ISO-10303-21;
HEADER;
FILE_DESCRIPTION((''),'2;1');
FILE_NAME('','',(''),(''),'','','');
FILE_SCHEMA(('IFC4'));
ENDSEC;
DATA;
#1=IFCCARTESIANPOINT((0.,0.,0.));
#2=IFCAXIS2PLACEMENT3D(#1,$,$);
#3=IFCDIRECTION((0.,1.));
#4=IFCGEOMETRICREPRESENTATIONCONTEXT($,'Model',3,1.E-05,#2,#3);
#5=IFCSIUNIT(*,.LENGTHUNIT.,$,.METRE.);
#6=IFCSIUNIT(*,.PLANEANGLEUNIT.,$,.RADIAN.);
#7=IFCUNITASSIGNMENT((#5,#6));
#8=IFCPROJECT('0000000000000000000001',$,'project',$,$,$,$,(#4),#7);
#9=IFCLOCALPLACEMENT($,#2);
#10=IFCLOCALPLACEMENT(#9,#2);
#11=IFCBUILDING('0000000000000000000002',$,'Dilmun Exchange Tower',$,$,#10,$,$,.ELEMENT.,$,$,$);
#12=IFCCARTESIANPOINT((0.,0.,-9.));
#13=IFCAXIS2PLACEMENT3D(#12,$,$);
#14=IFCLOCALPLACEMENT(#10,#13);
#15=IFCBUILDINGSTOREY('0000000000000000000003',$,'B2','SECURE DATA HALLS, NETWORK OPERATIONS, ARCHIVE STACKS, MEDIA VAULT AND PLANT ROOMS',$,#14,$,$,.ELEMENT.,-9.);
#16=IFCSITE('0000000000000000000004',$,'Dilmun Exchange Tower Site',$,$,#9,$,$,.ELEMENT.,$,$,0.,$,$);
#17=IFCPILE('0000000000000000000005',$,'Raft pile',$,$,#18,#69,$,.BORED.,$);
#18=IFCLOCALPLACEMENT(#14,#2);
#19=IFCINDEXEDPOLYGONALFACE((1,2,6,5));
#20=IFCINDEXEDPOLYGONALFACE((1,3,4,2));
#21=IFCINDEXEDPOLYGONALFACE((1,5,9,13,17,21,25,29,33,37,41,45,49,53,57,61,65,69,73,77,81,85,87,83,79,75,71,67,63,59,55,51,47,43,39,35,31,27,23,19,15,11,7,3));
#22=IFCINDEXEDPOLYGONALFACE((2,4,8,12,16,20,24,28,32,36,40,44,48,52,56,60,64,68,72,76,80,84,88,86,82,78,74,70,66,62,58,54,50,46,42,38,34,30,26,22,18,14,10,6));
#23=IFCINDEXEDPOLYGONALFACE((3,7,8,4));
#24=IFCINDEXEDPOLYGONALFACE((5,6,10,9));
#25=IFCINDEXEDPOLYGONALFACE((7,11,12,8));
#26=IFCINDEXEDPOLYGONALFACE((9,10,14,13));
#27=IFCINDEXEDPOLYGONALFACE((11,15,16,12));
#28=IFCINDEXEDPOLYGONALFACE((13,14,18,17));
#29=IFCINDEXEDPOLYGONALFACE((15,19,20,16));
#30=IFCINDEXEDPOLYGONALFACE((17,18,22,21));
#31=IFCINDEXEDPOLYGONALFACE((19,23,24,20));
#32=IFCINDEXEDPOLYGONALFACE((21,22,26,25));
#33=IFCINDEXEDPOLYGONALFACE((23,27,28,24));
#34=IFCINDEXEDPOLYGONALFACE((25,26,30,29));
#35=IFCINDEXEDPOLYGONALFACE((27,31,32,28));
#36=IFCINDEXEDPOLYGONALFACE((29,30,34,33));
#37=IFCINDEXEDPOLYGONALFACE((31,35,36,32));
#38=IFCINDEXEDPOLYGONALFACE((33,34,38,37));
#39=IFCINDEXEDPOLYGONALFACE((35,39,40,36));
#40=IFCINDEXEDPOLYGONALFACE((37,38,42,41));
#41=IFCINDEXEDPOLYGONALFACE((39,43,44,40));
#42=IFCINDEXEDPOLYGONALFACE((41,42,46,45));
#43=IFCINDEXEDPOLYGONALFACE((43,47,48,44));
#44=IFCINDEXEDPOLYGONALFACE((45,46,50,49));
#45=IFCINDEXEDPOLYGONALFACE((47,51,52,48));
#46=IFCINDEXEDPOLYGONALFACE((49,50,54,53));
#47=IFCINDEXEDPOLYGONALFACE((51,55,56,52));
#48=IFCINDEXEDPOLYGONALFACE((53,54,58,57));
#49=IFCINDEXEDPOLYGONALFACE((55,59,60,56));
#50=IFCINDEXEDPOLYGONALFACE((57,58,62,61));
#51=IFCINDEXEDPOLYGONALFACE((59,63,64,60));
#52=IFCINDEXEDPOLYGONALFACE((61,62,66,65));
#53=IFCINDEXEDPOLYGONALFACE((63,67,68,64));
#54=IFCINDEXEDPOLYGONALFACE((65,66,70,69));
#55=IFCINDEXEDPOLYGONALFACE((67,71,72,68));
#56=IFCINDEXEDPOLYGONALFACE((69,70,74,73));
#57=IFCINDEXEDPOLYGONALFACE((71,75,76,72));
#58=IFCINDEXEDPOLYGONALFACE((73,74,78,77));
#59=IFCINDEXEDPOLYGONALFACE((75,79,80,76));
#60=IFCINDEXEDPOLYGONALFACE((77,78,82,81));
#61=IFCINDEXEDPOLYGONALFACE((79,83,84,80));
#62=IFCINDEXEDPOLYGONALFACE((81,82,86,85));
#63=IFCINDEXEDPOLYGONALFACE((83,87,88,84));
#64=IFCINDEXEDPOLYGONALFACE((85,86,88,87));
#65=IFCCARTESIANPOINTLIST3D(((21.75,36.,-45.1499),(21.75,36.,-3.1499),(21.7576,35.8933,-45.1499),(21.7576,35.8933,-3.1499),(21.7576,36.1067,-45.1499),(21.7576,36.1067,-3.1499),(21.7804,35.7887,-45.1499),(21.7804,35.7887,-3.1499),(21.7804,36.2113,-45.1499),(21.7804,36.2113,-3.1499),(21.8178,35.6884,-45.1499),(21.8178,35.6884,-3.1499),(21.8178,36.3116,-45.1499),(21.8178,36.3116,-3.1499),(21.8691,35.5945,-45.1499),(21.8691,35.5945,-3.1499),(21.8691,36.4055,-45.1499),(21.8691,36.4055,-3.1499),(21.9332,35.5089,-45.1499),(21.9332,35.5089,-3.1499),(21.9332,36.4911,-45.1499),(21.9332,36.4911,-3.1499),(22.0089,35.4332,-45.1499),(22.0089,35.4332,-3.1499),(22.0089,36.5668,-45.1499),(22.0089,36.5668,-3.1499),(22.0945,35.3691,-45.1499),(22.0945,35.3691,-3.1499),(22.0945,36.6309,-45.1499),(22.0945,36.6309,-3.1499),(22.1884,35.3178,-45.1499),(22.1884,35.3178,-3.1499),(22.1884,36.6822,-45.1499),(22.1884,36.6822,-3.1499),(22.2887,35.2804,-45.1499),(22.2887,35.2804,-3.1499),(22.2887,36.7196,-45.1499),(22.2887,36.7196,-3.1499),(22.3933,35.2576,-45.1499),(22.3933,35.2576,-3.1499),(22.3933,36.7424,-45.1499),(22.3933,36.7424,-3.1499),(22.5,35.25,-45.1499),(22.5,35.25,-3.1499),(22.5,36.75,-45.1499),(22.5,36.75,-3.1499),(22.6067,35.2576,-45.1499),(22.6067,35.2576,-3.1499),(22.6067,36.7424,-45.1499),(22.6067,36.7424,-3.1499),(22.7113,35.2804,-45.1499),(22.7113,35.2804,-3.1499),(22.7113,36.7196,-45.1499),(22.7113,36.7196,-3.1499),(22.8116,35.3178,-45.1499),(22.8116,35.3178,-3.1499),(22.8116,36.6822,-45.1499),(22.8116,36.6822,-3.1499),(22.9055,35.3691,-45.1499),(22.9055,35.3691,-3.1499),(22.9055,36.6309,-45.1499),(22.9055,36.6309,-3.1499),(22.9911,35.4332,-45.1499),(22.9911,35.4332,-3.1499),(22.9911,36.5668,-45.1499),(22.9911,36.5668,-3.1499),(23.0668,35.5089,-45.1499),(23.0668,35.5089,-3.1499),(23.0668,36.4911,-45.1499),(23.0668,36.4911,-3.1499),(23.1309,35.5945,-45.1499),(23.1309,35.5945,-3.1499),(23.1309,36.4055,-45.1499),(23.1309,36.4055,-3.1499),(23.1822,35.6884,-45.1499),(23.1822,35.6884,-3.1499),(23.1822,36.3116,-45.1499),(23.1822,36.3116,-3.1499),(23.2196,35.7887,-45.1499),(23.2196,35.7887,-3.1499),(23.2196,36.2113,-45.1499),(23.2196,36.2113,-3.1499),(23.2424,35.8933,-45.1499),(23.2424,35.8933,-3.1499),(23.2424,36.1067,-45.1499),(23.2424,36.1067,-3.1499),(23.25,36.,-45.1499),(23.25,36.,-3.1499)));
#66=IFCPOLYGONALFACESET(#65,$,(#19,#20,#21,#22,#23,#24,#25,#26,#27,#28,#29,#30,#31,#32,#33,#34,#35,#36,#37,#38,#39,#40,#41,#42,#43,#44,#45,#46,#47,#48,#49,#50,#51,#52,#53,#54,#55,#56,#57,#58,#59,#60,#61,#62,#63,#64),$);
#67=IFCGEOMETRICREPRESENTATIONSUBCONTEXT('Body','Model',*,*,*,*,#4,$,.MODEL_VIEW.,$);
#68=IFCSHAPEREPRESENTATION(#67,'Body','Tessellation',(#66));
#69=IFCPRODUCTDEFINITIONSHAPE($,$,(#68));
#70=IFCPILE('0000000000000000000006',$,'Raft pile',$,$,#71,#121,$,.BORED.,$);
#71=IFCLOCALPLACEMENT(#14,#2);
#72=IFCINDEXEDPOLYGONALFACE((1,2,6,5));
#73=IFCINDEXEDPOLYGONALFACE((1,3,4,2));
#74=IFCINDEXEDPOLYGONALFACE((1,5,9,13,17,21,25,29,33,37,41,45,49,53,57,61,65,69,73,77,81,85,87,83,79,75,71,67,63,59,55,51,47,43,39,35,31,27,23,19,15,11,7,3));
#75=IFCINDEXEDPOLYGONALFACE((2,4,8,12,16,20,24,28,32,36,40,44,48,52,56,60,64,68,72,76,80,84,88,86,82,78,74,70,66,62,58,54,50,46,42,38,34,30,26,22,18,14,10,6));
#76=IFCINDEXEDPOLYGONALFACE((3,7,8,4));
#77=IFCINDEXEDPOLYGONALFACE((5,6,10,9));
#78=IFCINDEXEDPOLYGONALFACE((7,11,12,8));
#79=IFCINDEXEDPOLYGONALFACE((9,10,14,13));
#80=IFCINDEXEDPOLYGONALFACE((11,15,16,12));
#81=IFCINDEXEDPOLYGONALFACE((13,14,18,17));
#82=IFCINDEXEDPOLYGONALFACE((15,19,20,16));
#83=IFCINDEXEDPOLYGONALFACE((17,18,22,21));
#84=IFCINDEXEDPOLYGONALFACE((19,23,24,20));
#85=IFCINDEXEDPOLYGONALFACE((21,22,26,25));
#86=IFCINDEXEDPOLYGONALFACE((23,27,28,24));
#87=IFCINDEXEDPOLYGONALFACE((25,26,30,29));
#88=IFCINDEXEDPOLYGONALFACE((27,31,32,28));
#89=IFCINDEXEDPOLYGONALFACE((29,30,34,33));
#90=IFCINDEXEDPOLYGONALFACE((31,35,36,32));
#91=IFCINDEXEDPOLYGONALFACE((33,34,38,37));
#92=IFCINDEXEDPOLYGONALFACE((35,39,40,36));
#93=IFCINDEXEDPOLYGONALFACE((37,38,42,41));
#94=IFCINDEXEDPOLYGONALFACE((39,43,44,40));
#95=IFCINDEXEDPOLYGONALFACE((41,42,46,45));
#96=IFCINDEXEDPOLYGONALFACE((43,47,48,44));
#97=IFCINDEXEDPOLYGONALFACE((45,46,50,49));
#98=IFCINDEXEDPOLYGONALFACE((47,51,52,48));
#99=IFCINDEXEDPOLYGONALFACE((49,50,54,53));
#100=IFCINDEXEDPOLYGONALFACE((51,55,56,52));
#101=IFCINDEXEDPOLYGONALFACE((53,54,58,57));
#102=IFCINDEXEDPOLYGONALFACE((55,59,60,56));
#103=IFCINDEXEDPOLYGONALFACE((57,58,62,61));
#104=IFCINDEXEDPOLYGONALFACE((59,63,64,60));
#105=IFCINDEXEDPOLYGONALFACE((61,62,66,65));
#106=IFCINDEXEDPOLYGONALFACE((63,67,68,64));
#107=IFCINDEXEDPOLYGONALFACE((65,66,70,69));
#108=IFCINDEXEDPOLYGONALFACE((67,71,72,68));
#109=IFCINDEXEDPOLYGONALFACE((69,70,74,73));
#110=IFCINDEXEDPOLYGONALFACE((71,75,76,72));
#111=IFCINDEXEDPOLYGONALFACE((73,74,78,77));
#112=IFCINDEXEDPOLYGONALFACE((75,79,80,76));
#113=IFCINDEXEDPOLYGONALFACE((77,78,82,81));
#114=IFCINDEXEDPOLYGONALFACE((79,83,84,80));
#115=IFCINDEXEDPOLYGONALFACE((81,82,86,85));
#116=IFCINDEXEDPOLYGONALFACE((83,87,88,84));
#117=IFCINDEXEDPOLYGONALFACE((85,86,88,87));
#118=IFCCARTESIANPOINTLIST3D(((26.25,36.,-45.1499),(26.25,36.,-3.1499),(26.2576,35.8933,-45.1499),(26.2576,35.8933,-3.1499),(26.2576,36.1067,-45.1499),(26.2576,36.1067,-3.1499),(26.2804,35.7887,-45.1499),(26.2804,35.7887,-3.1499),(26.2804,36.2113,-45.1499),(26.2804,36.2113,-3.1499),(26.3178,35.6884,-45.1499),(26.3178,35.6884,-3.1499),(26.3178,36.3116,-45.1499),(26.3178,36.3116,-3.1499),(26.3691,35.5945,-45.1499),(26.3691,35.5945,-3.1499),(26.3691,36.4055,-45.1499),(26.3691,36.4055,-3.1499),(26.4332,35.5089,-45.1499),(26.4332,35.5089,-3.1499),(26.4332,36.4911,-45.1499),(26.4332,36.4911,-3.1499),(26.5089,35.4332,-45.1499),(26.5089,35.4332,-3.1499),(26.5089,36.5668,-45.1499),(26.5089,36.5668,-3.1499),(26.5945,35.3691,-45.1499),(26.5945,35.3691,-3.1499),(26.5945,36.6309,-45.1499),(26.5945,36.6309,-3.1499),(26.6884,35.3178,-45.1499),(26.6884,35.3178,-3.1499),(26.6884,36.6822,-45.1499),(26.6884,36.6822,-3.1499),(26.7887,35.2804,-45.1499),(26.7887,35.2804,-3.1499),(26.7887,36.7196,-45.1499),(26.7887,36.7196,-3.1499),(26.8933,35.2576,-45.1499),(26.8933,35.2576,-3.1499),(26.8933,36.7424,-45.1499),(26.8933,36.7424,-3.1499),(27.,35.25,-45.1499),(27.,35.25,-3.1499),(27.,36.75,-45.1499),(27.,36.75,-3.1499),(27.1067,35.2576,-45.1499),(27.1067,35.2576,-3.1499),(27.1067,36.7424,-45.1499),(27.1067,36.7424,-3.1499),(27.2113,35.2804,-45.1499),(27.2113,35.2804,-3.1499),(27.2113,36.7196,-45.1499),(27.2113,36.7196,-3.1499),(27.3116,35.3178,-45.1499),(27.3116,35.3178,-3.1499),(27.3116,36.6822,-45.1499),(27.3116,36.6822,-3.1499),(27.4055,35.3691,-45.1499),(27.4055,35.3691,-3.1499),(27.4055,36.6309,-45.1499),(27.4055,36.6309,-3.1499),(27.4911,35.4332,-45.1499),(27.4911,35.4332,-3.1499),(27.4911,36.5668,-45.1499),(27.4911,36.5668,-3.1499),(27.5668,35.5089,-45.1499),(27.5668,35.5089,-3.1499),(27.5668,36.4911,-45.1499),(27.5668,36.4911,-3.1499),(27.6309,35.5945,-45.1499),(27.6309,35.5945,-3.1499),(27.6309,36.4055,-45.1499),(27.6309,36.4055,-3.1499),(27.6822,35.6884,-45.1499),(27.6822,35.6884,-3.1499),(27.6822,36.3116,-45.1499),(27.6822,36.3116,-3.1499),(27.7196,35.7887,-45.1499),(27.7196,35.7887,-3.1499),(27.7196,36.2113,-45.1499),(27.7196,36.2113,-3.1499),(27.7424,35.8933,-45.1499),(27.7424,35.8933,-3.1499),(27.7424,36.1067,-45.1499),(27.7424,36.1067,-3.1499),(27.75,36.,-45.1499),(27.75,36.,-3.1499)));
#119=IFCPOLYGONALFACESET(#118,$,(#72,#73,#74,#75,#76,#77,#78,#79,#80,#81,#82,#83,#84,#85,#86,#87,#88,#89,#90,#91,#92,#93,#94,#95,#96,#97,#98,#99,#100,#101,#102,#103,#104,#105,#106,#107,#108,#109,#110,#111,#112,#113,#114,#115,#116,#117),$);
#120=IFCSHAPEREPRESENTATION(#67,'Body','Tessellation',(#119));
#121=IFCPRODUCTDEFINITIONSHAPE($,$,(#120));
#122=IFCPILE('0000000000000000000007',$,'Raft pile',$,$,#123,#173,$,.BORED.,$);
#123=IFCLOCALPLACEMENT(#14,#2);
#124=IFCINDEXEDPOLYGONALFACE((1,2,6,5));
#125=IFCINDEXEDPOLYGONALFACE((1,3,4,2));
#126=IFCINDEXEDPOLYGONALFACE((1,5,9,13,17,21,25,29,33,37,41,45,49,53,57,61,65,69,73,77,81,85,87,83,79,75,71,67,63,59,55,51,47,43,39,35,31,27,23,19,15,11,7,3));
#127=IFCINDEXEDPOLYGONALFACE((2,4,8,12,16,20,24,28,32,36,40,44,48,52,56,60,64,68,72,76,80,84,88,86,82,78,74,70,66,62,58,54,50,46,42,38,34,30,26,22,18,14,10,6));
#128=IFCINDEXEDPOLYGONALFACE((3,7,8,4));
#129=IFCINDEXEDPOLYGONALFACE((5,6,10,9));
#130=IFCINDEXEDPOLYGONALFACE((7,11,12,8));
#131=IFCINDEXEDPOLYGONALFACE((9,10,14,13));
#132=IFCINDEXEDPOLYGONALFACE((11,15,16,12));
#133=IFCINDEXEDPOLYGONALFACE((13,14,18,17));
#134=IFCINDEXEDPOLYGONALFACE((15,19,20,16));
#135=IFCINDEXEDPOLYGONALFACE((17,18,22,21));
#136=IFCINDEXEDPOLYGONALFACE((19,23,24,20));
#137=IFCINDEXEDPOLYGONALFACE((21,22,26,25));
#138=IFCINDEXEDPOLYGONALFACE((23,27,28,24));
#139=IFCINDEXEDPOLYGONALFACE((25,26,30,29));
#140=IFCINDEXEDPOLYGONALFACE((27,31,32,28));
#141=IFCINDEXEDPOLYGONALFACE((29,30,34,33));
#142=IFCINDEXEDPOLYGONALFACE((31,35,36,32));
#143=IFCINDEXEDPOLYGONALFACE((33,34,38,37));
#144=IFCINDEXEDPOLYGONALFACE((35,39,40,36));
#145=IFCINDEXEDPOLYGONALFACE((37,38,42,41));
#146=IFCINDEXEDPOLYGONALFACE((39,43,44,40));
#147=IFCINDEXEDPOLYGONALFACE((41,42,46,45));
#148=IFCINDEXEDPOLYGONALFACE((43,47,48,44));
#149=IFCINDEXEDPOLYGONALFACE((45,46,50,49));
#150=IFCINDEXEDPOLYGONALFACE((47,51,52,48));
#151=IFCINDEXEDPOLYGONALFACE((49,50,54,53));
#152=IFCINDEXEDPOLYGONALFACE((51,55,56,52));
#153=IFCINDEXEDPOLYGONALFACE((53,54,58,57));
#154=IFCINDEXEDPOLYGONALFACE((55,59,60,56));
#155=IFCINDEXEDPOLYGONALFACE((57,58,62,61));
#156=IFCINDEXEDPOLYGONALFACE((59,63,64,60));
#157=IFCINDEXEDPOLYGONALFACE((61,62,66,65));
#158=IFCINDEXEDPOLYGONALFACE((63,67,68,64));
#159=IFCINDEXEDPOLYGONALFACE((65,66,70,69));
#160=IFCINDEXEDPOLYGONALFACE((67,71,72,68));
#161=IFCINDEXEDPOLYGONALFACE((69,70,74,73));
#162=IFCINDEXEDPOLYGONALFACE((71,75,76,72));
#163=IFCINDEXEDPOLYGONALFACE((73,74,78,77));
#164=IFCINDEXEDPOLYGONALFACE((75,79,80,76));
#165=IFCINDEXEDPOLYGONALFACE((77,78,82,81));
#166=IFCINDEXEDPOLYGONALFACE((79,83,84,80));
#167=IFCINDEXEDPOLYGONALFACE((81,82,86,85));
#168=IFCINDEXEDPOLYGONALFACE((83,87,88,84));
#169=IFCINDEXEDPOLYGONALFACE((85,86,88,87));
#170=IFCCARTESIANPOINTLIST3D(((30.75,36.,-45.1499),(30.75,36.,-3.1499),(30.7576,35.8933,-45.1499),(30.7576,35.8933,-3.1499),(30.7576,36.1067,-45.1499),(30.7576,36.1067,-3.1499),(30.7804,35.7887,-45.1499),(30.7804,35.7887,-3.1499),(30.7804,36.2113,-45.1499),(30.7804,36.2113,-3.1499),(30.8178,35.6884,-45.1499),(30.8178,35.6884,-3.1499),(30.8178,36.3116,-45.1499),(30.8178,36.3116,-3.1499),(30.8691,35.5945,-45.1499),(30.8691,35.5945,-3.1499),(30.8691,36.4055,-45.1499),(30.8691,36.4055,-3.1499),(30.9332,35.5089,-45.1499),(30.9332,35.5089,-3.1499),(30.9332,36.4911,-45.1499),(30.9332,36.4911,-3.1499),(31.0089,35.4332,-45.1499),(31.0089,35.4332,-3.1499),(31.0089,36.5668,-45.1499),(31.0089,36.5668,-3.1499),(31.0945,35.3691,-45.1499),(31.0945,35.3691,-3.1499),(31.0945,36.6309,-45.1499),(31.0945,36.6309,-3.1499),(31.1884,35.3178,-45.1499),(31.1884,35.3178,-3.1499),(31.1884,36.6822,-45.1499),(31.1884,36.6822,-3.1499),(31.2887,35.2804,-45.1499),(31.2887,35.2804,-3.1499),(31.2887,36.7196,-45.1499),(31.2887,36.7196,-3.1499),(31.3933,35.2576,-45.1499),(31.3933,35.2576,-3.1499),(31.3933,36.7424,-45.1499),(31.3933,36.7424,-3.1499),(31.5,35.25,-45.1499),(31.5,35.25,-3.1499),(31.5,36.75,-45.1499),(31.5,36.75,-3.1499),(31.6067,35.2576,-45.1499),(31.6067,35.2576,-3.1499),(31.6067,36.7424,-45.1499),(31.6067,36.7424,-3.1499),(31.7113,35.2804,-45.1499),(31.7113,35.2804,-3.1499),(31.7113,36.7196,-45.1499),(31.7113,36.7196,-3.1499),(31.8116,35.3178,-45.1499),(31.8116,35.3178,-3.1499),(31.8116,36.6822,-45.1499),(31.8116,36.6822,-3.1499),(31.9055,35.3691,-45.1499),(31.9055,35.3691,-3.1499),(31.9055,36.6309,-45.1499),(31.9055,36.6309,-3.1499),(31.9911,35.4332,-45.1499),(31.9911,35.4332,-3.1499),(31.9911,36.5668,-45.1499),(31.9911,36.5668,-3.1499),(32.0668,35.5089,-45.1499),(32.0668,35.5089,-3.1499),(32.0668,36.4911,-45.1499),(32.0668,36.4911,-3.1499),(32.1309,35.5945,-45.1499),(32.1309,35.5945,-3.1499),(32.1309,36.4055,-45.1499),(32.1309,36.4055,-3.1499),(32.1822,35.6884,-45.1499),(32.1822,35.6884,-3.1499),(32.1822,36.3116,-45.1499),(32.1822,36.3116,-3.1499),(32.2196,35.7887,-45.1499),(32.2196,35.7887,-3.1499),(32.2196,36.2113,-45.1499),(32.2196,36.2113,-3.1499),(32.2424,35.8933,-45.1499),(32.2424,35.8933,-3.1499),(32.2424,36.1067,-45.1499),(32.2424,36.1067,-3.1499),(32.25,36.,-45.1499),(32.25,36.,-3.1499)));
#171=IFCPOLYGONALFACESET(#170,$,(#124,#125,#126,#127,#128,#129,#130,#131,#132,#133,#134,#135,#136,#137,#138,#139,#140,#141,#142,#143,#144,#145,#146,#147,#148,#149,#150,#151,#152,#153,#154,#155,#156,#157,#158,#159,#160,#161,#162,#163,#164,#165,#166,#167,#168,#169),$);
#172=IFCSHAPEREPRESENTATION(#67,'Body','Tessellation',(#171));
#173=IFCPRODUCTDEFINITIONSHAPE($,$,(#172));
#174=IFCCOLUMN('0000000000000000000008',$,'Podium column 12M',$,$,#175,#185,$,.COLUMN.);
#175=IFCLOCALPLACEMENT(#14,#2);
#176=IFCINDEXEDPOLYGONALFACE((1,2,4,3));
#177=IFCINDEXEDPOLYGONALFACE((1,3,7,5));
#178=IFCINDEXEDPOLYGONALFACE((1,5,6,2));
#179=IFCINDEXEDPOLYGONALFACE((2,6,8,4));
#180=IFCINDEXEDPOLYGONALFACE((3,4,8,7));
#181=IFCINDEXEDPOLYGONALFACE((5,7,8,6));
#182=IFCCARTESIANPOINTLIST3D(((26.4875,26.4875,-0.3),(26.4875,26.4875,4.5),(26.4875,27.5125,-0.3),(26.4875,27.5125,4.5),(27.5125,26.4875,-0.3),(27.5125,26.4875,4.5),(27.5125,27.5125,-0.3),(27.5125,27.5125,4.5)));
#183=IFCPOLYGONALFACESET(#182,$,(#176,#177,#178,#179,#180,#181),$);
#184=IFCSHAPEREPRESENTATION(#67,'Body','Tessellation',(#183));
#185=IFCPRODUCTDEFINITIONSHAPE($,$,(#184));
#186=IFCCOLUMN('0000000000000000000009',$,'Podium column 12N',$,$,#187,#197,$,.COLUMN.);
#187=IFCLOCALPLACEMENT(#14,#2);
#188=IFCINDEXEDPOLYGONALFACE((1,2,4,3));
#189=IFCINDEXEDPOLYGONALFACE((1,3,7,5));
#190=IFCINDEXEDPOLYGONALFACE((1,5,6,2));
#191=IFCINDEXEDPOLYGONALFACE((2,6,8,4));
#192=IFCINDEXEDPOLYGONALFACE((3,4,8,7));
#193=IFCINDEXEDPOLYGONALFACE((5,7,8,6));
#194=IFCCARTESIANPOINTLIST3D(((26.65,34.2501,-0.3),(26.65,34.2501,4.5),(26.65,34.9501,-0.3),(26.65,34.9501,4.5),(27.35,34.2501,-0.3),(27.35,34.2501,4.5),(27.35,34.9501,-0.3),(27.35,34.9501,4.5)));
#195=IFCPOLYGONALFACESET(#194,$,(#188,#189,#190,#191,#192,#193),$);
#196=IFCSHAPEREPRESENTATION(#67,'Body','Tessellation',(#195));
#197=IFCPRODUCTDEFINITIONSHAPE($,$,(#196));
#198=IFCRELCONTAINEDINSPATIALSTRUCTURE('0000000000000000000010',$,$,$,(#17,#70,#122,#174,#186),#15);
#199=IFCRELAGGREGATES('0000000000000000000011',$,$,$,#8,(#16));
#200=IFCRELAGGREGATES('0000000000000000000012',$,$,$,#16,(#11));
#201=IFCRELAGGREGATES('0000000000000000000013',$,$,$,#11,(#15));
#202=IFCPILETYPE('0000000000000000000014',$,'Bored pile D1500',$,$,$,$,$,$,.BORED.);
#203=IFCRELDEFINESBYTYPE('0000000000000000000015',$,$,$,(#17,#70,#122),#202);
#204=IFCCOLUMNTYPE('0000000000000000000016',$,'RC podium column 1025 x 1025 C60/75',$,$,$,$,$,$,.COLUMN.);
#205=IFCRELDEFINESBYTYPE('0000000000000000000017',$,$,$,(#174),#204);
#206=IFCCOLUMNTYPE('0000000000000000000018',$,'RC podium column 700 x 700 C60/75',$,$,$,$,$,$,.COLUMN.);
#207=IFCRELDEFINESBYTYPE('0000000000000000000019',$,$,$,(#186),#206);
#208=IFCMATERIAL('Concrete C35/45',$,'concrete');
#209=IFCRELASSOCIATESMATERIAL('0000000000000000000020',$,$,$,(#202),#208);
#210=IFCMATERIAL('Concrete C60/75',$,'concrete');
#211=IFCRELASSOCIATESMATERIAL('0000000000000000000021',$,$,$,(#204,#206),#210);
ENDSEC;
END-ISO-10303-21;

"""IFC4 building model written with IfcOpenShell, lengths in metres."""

from ifc_helpers import new_model, si_unit, direction, frame, origin, origin_2d, place, context, subcontext, project, spatial, rectangle, circle, extrude, material, material_profile, profile_set, type_object, element, save


model = new_model("IFC4")

# Units and contexts
model_context = context("Model", 3, precision=1e-05, world=origin(), true_north=direction((0.0, 1.0)))
body_context = subcontext(model_context, "Body", "Model", "MODEL_VIEW")
ifc_project = project(units=[si_unit("LENGTHUNIT", "METRE"), si_unit("PLANEANGLEUNIT", "RADIAN")], contexts=[model_context])

# Site, building, storey
site_placement = place(None, origin())
site = spatial("IfcSite", under=ifc_project, at=site_placement, Name="Dilmun Exchange Tower Site", CompositionType="ELEMENT", RefElevation=0.0)
building_placement = place(site_placement, origin())
building = spatial("IfcBuilding", under=site, at=building_placement, Name="Dilmun Exchange Tower", CompositionType="ELEMENT")
storey_placement = place(building_placement, frame((0.0, 0.0, -9.0)))
storey = spatial("IfcBuildingStorey", under=building, at=storey_placement, Name="B2", Description="SECURE DATA HALLS, NETWORK OPERATIONS, ARCHIVE STACKS, MEDIA VAULT AND PLANT ROOMS", CompositionType="ELEMENT", Elevation=-9.0)

# Piles
ifc_material_1 = material(Name="Concrete C35/45", Category="concrete")
ifc_material_profile_1 = material_profile(ifc_material_1, circle(Radius=0.75, at=origin_2d()), Name="D1500")
ifc_profile_set_1 = profile_set([ifc_material_profile_1], Name="Concrete C35/45")
pile_type = type_object("IfcPileType", Name="Bored pile D1500", PredefinedType="BORED", material=ifc_profile_set_1)
for number, where, z_axis, x_axis, name in (
    (1, (22.5, 36.0, -3.1499), (0.0, 0.0, -1.0), (1.0, 0.0, 0.0), "Raft pile"),
    (2, (27.0, 36.0, -3.1499), (0.0, 0.0, -1.0), (1.0, 0.0, 0.0), "Raft pile"),
    (3, (31.5, 36.0, -3.1499), (0.0, 0.0, -1.0), (1.0, 0.0, 0.0), "Raft pile"),
):
    element("IfcPile", number, at=place(storey_placement, frame(where, z_axis=z_axis, x_axis=x_axis)), inside=storey, type_object=pile_type, Name=name, PredefinedType="BORED", context=body_context, shape_type="SweptSolid", body=[
        extrude(circle(Radius=0.75, at=origin_2d()), origin(), (0.0, 0.0, 1.0), 42.0),
    ])

# Columns
ifc_material_2 = material(Name="Concrete C60/75", Category="concrete")
ifc_material_profile_2 = material_profile(ifc_material_2, rectangle(XDim=1.0249, YDim=1.0249, at=origin_2d()), Name="1025 x 1025")
ifc_profile_set_2 = profile_set([ifc_material_profile_2], Name="Concrete C60/75")
column_type_1 = type_object("IfcColumnType", Name="RC podium column 1025 x 1025 C60/75", PredefinedType="COLUMN", material=ifc_profile_set_2)
column_1_placement = place(storey_placement, frame((27.0, 27.0, -0.3), z_axis=(0.0, 0.0, 1.0), x_axis=(1.0, 0.0, 0.0)))
element("IfcColumn", 4, at=column_1_placement, inside=storey, type_object=column_type_1, Name="Podium column 12M", PredefinedType="COLUMN", context=body_context, shape_type="SweptSolid", body=[
    extrude(rectangle(XDim=1.0249, YDim=1.0249, at=origin_2d()), origin(), (0.0, 0.0, 1.0), 4.8),
])
ifc_material_profile_3 = material_profile(ifc_material_2, rectangle(XDim=0.7, YDim=0.7, at=origin_2d()), Name="700 x 700")
ifc_profile_set_3 = profile_set([ifc_material_profile_3], Name="Concrete C60/75")
column_type_2 = type_object("IfcColumnType", Name="RC podium column 700 x 700 C60/75", PredefinedType="COLUMN", material=ifc_profile_set_3)
column_2_placement = place(storey_placement, frame((27.0, 34.6001, -0.3), z_axis=(0.0, 0.0, 1.0), x_axis=(1.0, 0.0, 0.0)))
element("IfcColumn", 5, at=column_2_placement, inside=storey, type_object=column_type_2, Name="Podium column 12N", PredefinedType="COLUMN", context=body_context, shape_type="SweptSolid", body=[
    extrude(rectangle(XDim=0.7, YDim=0.7, at=origin_2d()), origin(), (0.0, 0.0, 1.0), 4.8),
])

save(model, "model.ifc")
